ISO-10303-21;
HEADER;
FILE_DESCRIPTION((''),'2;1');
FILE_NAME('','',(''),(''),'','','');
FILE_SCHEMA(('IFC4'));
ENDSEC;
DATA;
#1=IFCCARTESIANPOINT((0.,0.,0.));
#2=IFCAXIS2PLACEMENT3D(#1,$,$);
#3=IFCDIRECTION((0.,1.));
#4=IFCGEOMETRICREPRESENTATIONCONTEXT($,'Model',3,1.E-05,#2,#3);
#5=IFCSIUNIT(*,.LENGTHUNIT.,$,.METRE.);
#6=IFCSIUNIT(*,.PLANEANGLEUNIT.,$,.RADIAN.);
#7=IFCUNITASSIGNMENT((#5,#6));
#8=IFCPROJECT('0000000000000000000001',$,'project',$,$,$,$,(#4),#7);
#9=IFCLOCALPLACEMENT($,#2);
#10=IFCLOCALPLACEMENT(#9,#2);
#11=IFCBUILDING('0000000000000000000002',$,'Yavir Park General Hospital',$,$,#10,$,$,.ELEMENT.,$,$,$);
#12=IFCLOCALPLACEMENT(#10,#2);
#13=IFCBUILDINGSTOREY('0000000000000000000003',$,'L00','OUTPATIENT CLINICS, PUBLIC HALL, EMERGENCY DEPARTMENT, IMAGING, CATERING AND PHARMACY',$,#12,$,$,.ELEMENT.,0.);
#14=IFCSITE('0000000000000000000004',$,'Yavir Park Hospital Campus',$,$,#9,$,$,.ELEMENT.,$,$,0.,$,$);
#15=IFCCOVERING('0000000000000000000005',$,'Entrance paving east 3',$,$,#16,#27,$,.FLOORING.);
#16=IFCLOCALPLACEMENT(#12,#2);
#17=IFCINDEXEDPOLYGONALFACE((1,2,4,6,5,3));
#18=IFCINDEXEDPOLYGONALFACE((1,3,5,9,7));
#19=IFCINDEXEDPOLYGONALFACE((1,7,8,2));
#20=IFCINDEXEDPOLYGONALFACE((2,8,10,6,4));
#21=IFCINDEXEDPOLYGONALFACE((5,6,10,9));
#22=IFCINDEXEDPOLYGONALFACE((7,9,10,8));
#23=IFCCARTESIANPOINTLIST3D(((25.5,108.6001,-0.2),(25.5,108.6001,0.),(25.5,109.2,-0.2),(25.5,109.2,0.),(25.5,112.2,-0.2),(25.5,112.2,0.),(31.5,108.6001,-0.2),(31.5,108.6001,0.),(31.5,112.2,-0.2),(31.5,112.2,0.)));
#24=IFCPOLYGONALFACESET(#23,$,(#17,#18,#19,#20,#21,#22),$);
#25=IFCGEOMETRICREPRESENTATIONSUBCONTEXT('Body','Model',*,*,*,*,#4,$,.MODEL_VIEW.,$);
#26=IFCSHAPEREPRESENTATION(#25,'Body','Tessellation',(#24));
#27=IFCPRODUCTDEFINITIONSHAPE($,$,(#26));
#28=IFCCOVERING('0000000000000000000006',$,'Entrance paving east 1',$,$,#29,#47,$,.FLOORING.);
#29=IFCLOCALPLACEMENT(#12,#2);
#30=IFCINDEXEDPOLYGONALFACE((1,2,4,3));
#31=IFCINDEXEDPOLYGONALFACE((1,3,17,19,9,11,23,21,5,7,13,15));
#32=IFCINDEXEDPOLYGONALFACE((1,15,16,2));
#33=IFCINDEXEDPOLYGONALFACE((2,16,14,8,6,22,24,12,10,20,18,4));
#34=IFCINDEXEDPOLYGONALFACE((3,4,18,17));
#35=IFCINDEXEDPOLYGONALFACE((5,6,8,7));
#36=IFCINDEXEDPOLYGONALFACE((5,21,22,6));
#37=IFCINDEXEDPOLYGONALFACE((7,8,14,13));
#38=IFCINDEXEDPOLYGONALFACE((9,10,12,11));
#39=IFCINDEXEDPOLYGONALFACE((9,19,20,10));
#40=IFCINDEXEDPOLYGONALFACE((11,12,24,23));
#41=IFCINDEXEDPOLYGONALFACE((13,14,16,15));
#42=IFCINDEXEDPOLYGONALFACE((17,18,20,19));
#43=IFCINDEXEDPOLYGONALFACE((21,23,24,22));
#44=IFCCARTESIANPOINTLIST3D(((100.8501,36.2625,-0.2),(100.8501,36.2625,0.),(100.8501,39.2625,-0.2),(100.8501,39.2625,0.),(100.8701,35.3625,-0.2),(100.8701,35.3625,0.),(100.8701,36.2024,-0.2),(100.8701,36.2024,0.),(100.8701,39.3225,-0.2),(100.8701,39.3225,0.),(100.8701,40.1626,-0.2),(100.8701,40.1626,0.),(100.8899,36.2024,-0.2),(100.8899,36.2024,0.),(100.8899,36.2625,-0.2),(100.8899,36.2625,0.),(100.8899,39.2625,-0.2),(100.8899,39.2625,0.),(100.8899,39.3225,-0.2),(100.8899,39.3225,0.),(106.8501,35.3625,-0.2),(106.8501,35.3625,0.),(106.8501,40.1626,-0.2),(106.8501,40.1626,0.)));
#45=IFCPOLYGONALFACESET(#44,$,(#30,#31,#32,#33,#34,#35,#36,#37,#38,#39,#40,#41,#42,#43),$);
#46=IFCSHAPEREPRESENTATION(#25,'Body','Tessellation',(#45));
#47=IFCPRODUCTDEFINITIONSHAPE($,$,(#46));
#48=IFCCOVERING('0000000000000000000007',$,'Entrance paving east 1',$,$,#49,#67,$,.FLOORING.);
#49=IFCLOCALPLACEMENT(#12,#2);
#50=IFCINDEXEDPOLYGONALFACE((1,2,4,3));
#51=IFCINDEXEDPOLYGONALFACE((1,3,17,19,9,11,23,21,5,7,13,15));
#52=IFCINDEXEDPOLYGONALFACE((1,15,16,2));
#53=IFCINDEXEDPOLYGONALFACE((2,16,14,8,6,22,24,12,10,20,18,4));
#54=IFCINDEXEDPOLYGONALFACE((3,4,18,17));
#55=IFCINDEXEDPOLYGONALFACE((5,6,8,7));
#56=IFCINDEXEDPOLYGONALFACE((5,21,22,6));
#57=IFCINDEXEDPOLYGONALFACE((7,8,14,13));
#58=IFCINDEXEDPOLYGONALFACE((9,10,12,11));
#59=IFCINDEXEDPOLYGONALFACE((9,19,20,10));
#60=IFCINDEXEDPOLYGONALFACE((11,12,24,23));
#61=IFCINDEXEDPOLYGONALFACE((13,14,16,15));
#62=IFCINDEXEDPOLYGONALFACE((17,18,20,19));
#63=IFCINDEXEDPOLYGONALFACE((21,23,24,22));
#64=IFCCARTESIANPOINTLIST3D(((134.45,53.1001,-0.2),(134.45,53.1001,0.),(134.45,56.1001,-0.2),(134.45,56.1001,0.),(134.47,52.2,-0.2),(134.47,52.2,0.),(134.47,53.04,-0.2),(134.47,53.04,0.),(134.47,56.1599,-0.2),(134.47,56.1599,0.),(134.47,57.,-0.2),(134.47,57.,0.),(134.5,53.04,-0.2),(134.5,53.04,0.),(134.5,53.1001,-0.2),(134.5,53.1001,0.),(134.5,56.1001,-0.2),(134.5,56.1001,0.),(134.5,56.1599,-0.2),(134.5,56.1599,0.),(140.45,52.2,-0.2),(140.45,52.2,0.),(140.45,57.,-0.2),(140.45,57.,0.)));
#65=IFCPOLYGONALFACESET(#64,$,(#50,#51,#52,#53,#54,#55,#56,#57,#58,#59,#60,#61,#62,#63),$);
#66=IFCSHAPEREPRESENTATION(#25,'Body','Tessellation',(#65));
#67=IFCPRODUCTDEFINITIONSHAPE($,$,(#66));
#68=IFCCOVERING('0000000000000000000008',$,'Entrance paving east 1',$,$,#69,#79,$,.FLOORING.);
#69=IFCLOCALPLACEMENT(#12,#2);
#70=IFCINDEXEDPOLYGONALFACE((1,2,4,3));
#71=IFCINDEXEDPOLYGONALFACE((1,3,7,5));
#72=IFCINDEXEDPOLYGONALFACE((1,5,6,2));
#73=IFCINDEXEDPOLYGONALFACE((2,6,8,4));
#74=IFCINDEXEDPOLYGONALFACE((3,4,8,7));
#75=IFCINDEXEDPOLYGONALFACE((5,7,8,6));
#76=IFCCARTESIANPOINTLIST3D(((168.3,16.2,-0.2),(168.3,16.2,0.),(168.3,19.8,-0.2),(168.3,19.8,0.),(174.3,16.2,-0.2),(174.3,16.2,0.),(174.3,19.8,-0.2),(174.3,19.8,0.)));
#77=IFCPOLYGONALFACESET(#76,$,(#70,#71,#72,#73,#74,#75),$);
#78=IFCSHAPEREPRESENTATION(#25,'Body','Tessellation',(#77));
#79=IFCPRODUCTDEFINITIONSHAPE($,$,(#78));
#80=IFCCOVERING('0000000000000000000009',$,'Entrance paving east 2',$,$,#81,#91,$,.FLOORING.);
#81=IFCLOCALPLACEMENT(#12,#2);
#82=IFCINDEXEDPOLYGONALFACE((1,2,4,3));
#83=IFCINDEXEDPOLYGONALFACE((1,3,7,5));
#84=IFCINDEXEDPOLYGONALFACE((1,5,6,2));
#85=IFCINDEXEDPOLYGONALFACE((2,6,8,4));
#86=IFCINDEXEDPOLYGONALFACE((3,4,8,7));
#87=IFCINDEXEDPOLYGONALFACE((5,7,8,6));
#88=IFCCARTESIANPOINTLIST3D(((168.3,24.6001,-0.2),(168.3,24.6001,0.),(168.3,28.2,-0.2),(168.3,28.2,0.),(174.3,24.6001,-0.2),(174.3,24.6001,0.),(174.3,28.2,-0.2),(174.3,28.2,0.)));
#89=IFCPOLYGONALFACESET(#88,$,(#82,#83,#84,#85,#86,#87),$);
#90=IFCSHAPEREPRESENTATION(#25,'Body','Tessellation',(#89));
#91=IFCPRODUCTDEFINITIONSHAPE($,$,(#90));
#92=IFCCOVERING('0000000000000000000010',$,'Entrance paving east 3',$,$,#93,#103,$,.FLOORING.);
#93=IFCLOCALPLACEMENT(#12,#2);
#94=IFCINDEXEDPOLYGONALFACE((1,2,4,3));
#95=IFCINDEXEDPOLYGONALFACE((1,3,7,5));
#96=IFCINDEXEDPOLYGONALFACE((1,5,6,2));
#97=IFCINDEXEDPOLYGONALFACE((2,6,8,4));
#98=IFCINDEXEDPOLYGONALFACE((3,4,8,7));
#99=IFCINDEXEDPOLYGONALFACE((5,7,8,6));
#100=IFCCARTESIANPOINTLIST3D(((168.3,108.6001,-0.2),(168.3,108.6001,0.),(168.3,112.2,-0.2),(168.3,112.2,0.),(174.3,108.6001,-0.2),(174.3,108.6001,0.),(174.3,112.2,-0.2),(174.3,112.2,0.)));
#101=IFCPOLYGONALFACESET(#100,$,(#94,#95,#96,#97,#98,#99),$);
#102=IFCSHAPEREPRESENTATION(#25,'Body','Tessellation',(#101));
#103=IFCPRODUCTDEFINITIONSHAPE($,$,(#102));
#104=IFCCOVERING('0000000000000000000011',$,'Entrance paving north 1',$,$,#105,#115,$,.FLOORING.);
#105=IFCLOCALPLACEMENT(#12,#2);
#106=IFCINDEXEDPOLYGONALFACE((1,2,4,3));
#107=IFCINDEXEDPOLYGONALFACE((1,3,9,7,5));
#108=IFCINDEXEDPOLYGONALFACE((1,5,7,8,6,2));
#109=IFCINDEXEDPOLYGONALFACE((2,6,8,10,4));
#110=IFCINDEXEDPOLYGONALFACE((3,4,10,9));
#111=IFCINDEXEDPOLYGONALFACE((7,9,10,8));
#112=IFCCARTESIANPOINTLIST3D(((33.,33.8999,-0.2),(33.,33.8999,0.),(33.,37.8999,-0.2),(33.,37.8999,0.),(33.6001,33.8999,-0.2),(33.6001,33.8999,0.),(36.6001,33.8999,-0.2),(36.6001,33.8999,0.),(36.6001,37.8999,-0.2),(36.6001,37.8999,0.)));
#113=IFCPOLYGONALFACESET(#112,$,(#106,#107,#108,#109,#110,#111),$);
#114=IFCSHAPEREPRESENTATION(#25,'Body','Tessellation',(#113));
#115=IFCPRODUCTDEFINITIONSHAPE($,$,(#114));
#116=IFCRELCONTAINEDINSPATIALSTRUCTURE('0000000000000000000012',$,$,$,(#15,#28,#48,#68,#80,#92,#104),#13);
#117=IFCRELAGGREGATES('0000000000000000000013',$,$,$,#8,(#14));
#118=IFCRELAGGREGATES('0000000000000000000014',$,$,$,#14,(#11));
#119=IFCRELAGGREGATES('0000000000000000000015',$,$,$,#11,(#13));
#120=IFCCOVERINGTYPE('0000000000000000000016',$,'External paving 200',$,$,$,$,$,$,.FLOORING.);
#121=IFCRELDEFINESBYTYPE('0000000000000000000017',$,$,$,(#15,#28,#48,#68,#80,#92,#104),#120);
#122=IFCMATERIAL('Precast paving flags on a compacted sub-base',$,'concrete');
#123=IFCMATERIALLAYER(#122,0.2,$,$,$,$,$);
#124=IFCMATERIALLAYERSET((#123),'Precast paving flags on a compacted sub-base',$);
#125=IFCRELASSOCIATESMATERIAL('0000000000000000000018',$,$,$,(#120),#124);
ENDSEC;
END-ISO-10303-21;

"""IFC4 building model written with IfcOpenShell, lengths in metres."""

from ifc_helpers import new_model, si_unit, direction, frame, origin, place, context, subcontext, project, spatial, polyline, outline, extrude, material, layer, layer_set, type_object, element, save


model = new_model("IFC4")

# Units and contexts
model_context = context("Model", 3, precision=1e-05, world=origin(), true_north=direction((0.0, 1.0)))
body_context = subcontext(model_context, "Body", "Model", "MODEL_VIEW")
ifc_project = project(units=[si_unit("LENGTHUNIT", "METRE"), si_unit("PLANEANGLEUNIT", "RADIAN")], contexts=[model_context])

# Site, building, storey
site_placement = place(None, origin())
site = spatial("IfcSite", under=ifc_project, at=site_placement, Name="Yavir Park Hospital Campus", CompositionType="ELEMENT", RefElevation=0.0)
building_placement = place(site_placement, origin())
building = spatial("IfcBuilding", under=site, at=building_placement, Name="Yavir Park General Hospital", CompositionType="ELEMENT")
storey_placement = place(building_placement, origin())
storey = spatial("IfcBuildingStorey", under=building, at=storey_placement, Name="L00", Description="OUTPATIENT CLINICS, PUBLIC HALL, EMERGENCY DEPARTMENT, IMAGING, CATERING AND PHARMACY", CompositionType="ELEMENT", Elevation=0.0)

# Coverings
ifc_material_1 = material(Name="Precast paving flags on a compacted sub-base", Category="concrete")
ifc_layer_1 = layer(ifc_material_1, 0.2)
ifc_layer_set_1 = layer_set([ifc_layer_1], Name="Precast paving flags on a compacted sub-base")
covering_type = type_object("IfcCoveringType", Name="External paving 200", PredefinedType="FLOORING", material=ifc_layer_set_1)
covering_1_placement = place(storey_placement, frame((0.0, 0.0, -0.2)))
element("IfcCovering", 1, at=covering_1_placement, inside=storey, type_object=covering_type, Name="Entrance paving east 3", PredefinedType="FLOORING", context=body_context, shape_type="SweptSolid", body=[
    extrude(outline(polyline([(31.5, 108.6001), (25.5, 108.6001), (25.5, 109.2), (25.5, 112.2), (31.5, 112.2), (31.5, 108.6001)])), origin(), (0.0, 0.0, 1.0), 0.2),
])
covering_2_placement = place(storey_placement, frame((0.0, 0.0, -0.2)))
element("IfcCovering", 2, at=covering_2_placement, inside=storey, type_object=covering_type, Name="Entrance paving east 1", PredefinedType="FLOORING", context=body_context, shape_type="SweptSolid", body=[
    extrude(outline(polyline([(100.8501, 39.2625), (100.8899, 39.2625), (100.8899, 39.3225), (100.8701, 39.3225), (100.8701, 40.1626), (106.8501, 40.1626), (106.8501, 35.3625), (100.8701, 35.3625), (100.8701, 36.2024), (100.8899, 36.2024), (100.8899, 36.2625), (100.8501, 36.2625), (100.8501, 39.2625)])), origin(), (0.0, 0.0, 1.0), 0.2),
])
covering_3_placement = place(storey_placement, frame((0.0, 0.0, -0.2)))
element("IfcCovering", 3, at=covering_3_placement, inside=storey, type_object=covering_type, Name="Entrance paving east 1", PredefinedType="FLOORING", context=body_context, shape_type="SweptSolid", body=[
    extrude(outline(polyline([(134.5, 56.1001), (134.5, 56.1599), (134.47, 56.1599), (134.47, 57.0), (140.45, 57.0), (140.45, 52.2), (134.47, 52.2), (134.47, 53.04), (134.5, 53.04), (134.5, 53.1001), (134.45, 53.1001), (134.45, 56.1001), (134.5, 56.1001)])), origin(), (0.0, 0.0, 1.0), 0.2),
])
covering_4_placement = place(storey_placement, frame((0.0, 0.0, -0.2)))
element("IfcCovering", 4, at=covering_4_placement, inside=storey, type_object=covering_type, Name="Entrance paving east 1", PredefinedType="FLOORING", context=body_context, shape_type="SweptSolid", body=[
    extrude(outline(polyline([(168.3, 19.8), (174.3, 19.8), (174.3, 16.2), (168.3, 16.2), (168.3, 19.8)])), origin(), (0.0, 0.0, 1.0), 0.2),
])
covering_5_placement = place(storey_placement, frame((0.0, 0.0, -0.2)))
element("IfcCovering", 5, at=covering_5_placement, inside=storey, type_object=covering_type, Name="Entrance paving east 2", PredefinedType="FLOORING", context=body_context, shape_type="SweptSolid", body=[
    extrude(outline(polyline([(174.3, 28.2), (174.3, 24.6001), (168.3, 24.6001), (168.3, 28.2), (174.3, 28.2)])), origin(), (0.0, 0.0, 1.0), 0.2),
])
covering_6_placement = place(storey_placement, frame((0.0, 0.0, -0.2)))
element("IfcCovering", 6, at=covering_6_placement, inside=storey, type_object=covering_type, Name="Entrance paving east 3", PredefinedType="FLOORING", context=body_context, shape_type="SweptSolid", body=[
    extrude(outline(polyline([(174.3, 108.6001), (168.3, 108.6001), (168.3, 112.2), (174.3, 112.2), (174.3, 108.6001)])), origin(), (0.0, 0.0, 1.0), 0.2),
])
covering_7_placement = place(storey_placement, frame((0.0, 0.0, -0.2)))
element("IfcCovering", 7, at=covering_7_placement, inside=storey, type_object=covering_type, Name="Entrance paving north 1", PredefinedType="FLOORING", context=body_context, shape_type="SweptSolid", body=[
    extrude(outline(polyline([(36.6001, 37.8999), (36.6001, 33.8999), (33.6001, 33.8999), (33.0, 33.8999), (33.0, 37.8999), (36.6001, 37.8999)])), origin(), (0.0, 0.0, 1.0), 0.2),
])

save(model, "model.ifc")
